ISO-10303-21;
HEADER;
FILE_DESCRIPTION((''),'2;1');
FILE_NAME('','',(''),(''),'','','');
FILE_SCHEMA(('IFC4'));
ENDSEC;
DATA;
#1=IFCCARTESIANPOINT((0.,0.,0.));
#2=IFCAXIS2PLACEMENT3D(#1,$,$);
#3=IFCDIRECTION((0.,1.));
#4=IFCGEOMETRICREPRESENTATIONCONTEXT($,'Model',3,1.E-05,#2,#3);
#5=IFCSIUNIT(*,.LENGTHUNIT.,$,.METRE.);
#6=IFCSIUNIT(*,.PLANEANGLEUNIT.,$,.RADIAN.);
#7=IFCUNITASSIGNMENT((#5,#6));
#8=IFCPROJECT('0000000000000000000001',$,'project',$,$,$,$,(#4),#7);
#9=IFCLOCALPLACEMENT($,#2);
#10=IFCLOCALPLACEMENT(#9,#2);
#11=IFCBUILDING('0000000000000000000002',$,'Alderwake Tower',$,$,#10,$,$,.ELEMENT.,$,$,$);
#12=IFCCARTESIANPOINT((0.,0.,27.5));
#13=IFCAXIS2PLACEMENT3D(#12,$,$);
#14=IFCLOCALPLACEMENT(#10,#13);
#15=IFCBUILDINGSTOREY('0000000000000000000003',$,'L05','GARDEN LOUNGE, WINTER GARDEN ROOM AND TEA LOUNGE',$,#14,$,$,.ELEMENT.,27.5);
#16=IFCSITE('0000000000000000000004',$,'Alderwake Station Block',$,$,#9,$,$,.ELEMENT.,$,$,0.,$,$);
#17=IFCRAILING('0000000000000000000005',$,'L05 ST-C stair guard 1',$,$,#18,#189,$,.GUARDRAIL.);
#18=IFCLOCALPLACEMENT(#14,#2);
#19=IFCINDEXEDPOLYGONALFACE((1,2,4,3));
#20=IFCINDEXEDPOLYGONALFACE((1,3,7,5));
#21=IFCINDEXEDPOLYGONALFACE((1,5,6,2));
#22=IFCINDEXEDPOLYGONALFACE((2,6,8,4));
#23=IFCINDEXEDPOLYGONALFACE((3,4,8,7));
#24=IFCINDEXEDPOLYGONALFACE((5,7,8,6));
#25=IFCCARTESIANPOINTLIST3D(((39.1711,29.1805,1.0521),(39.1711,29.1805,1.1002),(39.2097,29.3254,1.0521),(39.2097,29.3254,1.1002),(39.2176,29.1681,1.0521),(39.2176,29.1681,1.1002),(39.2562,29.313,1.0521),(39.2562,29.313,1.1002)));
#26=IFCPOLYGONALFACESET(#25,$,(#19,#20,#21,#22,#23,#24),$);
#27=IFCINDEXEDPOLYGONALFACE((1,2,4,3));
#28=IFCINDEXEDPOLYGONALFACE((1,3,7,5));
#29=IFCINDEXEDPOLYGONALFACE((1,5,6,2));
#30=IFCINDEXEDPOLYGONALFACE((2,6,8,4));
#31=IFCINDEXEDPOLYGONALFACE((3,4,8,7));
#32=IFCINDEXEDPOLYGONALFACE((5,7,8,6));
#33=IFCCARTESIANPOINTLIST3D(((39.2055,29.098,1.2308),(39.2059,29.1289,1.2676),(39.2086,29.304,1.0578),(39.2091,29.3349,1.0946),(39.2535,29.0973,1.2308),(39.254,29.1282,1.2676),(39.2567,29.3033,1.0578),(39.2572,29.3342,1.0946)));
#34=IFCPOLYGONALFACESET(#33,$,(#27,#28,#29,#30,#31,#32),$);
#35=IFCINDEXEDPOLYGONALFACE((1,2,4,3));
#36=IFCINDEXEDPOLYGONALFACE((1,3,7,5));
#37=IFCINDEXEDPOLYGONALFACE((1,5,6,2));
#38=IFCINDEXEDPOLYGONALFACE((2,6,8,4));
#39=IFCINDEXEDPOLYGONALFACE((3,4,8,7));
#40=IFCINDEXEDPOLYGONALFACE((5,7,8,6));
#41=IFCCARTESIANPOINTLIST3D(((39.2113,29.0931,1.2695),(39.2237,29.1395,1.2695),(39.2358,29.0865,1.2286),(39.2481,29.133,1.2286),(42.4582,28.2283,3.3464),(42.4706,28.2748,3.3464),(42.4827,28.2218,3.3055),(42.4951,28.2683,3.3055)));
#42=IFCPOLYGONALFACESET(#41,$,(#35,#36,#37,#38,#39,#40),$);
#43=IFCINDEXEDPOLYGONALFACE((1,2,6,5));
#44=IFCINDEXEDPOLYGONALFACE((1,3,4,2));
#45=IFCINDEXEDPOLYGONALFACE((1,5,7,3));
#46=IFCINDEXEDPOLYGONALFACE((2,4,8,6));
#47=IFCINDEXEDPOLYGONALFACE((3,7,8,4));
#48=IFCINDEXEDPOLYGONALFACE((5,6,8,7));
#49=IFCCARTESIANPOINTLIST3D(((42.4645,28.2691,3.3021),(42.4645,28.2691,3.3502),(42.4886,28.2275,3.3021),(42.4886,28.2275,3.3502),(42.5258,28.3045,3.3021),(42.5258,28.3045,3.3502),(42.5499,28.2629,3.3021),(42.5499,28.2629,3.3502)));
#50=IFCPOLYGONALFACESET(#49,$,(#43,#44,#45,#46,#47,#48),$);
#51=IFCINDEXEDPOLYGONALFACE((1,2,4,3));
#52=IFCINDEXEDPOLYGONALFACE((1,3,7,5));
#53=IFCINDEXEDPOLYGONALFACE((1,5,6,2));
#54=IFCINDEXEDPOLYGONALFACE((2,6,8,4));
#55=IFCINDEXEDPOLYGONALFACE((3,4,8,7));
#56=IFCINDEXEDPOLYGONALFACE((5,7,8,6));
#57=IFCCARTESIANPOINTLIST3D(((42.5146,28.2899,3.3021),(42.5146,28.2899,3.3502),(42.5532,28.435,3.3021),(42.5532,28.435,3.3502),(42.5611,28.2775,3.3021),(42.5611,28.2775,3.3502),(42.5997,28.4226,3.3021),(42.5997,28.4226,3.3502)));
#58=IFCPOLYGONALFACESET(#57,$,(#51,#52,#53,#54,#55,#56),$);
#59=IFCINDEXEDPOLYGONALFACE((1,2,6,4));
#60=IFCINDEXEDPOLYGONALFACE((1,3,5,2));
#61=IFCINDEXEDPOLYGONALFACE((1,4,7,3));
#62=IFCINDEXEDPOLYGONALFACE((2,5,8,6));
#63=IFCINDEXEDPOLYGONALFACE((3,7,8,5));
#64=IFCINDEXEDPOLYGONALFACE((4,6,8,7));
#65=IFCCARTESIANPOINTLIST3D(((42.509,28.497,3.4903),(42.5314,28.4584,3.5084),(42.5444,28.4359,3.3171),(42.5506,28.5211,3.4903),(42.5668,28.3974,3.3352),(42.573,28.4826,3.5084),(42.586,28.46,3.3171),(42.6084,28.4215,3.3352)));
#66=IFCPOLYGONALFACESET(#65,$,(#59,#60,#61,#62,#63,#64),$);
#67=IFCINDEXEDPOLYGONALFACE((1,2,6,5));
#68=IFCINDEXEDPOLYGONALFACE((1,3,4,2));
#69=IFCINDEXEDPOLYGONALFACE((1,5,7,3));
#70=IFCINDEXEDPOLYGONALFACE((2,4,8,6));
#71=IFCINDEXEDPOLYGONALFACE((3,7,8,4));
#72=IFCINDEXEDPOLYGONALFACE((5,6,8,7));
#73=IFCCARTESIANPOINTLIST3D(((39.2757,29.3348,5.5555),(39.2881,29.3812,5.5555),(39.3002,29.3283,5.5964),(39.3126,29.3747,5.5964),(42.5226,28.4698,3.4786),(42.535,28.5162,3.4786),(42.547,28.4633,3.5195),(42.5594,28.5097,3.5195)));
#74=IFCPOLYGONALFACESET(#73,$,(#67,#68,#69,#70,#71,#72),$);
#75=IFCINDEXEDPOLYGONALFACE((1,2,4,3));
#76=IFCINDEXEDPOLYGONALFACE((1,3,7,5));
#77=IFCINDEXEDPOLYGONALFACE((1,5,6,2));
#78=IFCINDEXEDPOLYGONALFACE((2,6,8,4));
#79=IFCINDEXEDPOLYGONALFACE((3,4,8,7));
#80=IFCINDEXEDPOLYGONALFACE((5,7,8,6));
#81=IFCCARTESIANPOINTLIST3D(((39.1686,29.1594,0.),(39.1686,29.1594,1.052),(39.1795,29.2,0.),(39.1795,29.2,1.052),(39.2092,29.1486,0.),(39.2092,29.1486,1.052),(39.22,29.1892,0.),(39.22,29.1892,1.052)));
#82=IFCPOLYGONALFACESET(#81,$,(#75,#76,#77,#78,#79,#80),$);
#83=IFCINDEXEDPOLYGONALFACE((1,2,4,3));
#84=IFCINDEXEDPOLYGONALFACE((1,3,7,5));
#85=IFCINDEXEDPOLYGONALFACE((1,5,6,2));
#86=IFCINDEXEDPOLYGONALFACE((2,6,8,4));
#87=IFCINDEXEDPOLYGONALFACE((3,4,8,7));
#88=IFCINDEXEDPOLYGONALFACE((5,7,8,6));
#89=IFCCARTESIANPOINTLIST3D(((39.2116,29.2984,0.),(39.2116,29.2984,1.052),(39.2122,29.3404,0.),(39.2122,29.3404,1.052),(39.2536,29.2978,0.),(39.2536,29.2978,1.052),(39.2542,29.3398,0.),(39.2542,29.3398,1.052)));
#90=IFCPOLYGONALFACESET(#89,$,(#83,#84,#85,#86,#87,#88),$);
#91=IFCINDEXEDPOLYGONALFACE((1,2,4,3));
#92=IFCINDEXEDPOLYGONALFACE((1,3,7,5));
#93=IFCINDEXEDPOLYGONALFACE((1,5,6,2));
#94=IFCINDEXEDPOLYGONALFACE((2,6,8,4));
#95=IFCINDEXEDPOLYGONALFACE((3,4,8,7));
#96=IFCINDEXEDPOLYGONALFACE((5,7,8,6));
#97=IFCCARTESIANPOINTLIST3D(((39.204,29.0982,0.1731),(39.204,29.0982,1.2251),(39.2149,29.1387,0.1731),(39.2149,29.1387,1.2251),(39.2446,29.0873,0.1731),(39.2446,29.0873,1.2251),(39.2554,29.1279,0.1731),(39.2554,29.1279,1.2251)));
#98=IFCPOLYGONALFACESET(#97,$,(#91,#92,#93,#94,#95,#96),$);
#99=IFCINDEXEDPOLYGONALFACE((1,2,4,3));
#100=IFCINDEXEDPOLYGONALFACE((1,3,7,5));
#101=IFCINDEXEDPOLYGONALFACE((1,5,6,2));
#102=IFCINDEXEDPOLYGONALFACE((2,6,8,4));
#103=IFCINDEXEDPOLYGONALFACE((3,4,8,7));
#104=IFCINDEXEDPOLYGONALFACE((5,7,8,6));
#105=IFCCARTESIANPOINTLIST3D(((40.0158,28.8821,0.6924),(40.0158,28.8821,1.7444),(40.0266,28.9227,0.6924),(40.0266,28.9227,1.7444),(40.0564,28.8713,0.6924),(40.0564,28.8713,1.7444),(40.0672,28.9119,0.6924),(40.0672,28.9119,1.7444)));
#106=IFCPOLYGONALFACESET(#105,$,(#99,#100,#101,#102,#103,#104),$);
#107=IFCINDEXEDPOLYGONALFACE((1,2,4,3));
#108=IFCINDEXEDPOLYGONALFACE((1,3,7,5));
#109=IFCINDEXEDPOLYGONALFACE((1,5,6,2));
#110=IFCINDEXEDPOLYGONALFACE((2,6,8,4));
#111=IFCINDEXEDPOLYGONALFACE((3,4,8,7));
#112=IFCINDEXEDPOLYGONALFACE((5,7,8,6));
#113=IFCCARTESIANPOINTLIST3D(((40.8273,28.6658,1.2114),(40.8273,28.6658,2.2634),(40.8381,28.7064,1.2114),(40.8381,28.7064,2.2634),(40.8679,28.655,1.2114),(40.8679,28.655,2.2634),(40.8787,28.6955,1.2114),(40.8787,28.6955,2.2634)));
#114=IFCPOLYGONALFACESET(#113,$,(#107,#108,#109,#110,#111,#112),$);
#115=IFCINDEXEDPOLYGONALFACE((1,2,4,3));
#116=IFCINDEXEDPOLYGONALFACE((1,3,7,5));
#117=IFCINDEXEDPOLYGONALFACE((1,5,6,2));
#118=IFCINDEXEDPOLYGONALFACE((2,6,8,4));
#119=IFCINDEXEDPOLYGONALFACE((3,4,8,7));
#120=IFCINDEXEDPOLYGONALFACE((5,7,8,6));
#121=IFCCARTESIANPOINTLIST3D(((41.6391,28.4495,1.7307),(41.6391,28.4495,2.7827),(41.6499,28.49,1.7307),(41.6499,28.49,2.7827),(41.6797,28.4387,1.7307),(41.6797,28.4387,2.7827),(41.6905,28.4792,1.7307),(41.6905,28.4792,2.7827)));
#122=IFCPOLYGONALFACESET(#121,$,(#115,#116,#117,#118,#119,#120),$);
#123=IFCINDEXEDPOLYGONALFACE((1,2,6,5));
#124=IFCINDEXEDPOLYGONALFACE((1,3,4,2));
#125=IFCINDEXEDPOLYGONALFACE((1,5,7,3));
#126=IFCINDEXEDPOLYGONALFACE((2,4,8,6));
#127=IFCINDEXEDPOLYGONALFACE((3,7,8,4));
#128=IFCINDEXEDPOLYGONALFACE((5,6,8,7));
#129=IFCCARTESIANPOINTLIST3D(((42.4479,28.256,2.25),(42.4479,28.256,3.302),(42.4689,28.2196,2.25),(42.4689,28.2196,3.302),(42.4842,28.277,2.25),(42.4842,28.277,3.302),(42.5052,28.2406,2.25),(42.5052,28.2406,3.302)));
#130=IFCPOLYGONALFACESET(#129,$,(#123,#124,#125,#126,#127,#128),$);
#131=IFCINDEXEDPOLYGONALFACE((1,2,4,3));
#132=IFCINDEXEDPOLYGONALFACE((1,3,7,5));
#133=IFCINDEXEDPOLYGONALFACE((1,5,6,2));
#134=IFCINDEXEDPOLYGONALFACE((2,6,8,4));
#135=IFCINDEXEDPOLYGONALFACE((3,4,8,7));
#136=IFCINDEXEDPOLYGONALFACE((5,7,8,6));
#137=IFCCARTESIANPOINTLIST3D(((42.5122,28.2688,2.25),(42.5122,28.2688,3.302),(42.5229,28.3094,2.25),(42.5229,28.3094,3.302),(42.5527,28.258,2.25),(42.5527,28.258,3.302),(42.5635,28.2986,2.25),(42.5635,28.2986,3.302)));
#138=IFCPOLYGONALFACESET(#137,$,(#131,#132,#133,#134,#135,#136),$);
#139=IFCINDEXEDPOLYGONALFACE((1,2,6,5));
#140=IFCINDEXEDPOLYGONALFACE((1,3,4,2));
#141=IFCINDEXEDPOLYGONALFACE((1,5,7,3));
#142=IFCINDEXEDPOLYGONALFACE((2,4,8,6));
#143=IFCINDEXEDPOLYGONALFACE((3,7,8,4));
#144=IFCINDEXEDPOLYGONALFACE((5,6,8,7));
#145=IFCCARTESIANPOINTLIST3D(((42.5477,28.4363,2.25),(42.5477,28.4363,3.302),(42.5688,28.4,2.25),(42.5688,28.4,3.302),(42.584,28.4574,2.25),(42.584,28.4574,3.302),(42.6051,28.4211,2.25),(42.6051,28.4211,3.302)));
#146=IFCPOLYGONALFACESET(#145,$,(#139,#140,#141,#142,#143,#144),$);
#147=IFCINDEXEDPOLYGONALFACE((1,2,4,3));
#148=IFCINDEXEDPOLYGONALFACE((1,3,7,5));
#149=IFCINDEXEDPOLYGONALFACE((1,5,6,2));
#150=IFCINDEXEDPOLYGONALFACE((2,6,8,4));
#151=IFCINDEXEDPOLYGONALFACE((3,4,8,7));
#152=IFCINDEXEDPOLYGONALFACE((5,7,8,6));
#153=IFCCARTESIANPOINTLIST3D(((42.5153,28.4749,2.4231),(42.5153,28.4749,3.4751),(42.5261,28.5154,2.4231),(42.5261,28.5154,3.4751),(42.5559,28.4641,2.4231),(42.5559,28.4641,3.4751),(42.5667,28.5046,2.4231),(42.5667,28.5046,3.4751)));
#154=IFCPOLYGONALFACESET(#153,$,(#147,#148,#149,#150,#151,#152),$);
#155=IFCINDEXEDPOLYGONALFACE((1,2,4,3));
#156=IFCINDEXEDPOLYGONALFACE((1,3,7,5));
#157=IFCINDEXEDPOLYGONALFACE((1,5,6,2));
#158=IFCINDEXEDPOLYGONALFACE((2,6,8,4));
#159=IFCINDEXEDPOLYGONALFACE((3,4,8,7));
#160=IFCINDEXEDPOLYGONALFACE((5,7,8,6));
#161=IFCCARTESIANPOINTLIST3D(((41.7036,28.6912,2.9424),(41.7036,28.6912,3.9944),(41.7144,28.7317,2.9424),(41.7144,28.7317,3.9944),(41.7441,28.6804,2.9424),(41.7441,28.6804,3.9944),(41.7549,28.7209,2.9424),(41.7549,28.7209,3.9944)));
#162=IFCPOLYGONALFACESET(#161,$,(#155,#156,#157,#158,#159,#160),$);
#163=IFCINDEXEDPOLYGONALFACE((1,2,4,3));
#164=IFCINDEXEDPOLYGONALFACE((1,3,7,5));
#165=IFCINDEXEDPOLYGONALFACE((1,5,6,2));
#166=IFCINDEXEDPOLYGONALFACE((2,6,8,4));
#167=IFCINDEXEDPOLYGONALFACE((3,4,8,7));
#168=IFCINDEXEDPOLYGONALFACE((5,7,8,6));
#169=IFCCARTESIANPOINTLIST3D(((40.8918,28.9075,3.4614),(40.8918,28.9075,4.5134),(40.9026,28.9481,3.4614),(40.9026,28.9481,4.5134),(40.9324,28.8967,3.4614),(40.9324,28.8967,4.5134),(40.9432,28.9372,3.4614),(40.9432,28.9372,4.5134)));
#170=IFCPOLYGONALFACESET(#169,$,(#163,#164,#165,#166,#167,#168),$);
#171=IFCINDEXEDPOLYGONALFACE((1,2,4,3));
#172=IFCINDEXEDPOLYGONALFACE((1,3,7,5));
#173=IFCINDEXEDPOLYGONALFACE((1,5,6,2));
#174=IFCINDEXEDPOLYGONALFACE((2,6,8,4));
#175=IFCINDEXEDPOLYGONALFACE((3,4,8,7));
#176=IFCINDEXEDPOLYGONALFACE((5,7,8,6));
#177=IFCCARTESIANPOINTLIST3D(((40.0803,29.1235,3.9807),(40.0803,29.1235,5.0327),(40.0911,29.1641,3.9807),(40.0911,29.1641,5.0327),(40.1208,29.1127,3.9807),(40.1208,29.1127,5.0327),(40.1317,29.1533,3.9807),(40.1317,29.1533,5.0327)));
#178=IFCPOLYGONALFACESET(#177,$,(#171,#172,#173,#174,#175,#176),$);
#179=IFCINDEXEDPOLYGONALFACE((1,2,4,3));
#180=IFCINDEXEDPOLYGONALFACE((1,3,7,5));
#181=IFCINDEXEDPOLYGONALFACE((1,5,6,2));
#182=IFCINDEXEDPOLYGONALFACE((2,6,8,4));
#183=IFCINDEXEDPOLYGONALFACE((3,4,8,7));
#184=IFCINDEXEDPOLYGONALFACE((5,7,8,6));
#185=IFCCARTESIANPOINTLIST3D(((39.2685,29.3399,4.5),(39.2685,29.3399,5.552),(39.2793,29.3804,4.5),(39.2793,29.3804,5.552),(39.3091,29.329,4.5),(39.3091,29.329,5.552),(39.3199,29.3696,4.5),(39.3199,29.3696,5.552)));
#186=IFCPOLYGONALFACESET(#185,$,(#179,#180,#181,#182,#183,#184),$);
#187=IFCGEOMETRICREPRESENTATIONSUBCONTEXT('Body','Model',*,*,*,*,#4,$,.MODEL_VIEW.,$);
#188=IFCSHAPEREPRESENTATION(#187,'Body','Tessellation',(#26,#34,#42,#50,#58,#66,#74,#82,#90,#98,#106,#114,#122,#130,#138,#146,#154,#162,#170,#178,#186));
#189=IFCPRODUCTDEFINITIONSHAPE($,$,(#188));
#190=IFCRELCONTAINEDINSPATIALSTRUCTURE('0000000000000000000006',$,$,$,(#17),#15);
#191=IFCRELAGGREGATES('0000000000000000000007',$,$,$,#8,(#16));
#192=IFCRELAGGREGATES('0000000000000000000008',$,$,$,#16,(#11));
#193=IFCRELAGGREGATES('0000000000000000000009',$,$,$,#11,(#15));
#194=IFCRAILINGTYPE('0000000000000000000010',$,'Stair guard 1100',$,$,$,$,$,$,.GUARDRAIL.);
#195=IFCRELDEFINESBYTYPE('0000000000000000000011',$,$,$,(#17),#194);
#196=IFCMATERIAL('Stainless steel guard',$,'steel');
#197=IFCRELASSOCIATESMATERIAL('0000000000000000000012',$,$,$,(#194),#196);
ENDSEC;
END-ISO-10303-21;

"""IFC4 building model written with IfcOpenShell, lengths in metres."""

from ifc_helpers import new_model, si_unit, direction, frame, origin, origin_2d, place, context, subcontext, project, spatial, rectangle, extrude, material, type_object, element, save


model = new_model("IFC4")

# Units and contexts
model_context = context("Model", 3, precision=1e-05, world=origin(), true_north=direction((0.0, 1.0)))
body_context = subcontext(model_context, "Body", "Model", "MODEL_VIEW")
ifc_project = project(units=[si_unit("LENGTHUNIT", "METRE"), si_unit("PLANEANGLEUNIT", "RADIAN")], contexts=[model_context])

# Site, building, storey
site_placement = place(None, origin())
site = spatial("IfcSite", under=ifc_project, at=site_placement, Name="Alderwake Station Block", CompositionType="ELEMENT", RefElevation=0.0)
building_placement = place(site_placement, origin())
building = spatial("IfcBuilding", under=site, at=building_placement, Name="Alderwake Tower", CompositionType="ELEMENT")
storey_placement = place(building_placement, frame((0.0, 0.0, 27.5)))
storey = spatial("IfcBuildingStorey", under=building, at=storey_placement, Name="L05", Description="GARDEN LOUNGE, WINTER GARDEN ROOM AND TEA LOUNGE", CompositionType="ELEMENT", Elevation=27.5)

# Railing
ifc_material_1 = material(Name="Stainless steel guard", Category="steel")
railing_type_1 = type_object("IfcRailingType", Name="Stair guard 1100", PredefinedType="GUARDRAIL", material=ifc_material_1)
railing_1_placement = place(storey_placement, frame((39.1943, 29.1743, 0.0)))
element("IfcRailing", 1, at=railing_1_placement, inside=storey, type_object=railing_type_1, Name="L05 ST-C stair guard 1", PredefinedType="GUARDRAIL", context=body_context, shape_type="SweptSolid", body=[
    extrude(rectangle(XDim=0.0481, YDim=0.0481, at=origin_2d()), frame((0.0, 0.0, 1.0762), z_axis=(0.25746, 0.966289, 0.0), x_axis=(-0.966289, 0.25746, 0.0)), (0.0, 0.0, 1.0), 0.1499),
    extrude(rectangle(XDim=0.0481, YDim=0.0481, at=origin_2d()), frame((0.0386, 0.1448, 1.0762), z_axis=(-0.011793, -0.765634, 0.643169), x_axis=(0.999881, -0.015401, 0.0)), (0.0, 0.0, 1.0), 0.269),
    extrude(rectangle(XDim=0.0481, YDim=0.0481, at=origin_2d()), frame((0.0354, -0.0613, 1.249), z_axis=(0.821963, -0.218918, 0.525787), x_axis=(0.257364, 0.966314, 0.0)), (0.0, 0.0, 1.0), 3.9502),
    extrude(rectangle(XDim=0.0481, YDim=0.0481, at=origin_2d()), frame((3.2822, -0.926, 3.3262), z_axis=(0.865898, 0.50022, 0.0), x_axis=(-0.50022, 0.865898, 0.0)), (0.0, 0.0, 1.0), 0.0708),
    extrude(rectangle(XDim=0.0481, YDim=0.0481, at=origin_2d()), frame((3.3435, -0.8906, 3.3262), z_axis=(0.257055, 0.966397, 0.0), x_axis=(-0.966397, 0.257055, 0.0)), (0.0, 0.0, 1.0), 0.1501),
    extrude(rectangle(XDim=0.0481, YDim=0.0481, at=origin_2d()), frame((3.3821, -0.7456, 3.3262), z_axis=(-0.189384, 0.326524, 0.926022), x_axis=(-0.865031, -0.501718, 0.0)), (0.0, 0.0, 1.0), 0.187),
    extrude(rectangle(XDim=0.0481, YDim=0.0481, at=origin_2d()), frame((3.3467, -0.6846, 3.499), z_axis=(-0.821952, 0.218977, 0.52578), x_axis=(-0.257432, -0.966296, 0.0)), (0.0, 0.0, 1.0), 3.9502),
    extrude(rectangle(XDim=0.042, YDim=0.042, at=origin_2d()), frame((0.0, 0.0, 0.0), z_axis=(0.0, 0.0, 1.0), x_axis=(0.25746, 0.966289, 0.0)), (0.0, 0.0, 1.0), 1.052),
    extrude(rectangle(XDim=0.042, YDim=0.042, at=origin_2d()), frame((0.0386, 0.1448, 0.0), z_axis=(0.0, 0.0, 1.0), x_axis=(-0.015401, -0.999881, 0.0)), (0.0, 0.0, 1.0), 1.052),
    extrude(rectangle(XDim=0.042, YDim=0.042, at=origin_2d()), frame((0.0354, -0.0613, 0.1731), z_axis=(0.0, 0.0, 1.0), x_axis=(0.966314, -0.257364, 0.0)), (0.0, 0.0, 1.0), 1.052),
    extrude(rectangle(XDim=0.042, YDim=0.042, at=origin_2d()), frame((0.8472, -0.2773, 0.6924), z_axis=(0.0, 0.0, 1.0), x_axis=(0.966314, -0.257364, 0.0)), (0.0, 0.0, 1.0), 1.052),
    extrude(rectangle(XDim=0.042, YDim=0.042, at=origin_2d()), frame((1.6587, -0.4937, 1.2114), z_axis=(0.0, 0.0, 1.0), x_axis=(0.966314, -0.257364, 0.0)), (0.0, 0.0, 1.0), 1.052),
    extrude(rectangle(XDim=0.042, YDim=0.042, at=origin_2d()), frame((2.4705, -0.71, 1.7307), z_axis=(0.0, 0.0, 1.0), x_axis=(0.966314, -0.257364, 0.0)), (0.0, 0.0, 1.0), 1.052),
    extrude(rectangle(XDim=0.042, YDim=0.042, at=origin_2d()), frame((3.2822, -0.926, 2.25), z_axis=(0.0, 0.0, 1.0), x_axis=(0.865898, 0.50022, 0.0)), (0.0, 0.0, 1.0), 1.052),
    extrude(rectangle(XDim=0.042, YDim=0.042, at=origin_2d()), frame((3.3435, -0.8906, 2.25), z_axis=(0.0, 0.0, 1.0), x_axis=(0.257055, 0.966397, 0.0)), (0.0, 0.0, 1.0), 1.052),
    extrude(rectangle(XDim=0.042, YDim=0.042, at=origin_2d()), frame((3.3821, -0.7456, 2.25), z_axis=(0.0, 0.0, 1.0), x_axis=(-0.501718, 0.865031, 0.0)), (0.0, 0.0, 1.0), 1.052),
    extrude(rectangle(XDim=0.042, YDim=0.042, at=origin_2d()), frame((3.3467, -0.6846, 2.4231), z_axis=(0.0, 0.0, 1.0), x_axis=(-0.966296, 0.257432, 0.0)), (0.0, 0.0, 1.0), 1.052),
    extrude(rectangle(XDim=0.042, YDim=0.042, at=origin_2d()), frame((2.5349, -0.4683, 2.9424), z_axis=(0.0, 0.0, 1.0), x_axis=(-0.966296, 0.257432, 0.0)), (0.0, 0.0, 1.0), 1.052),
    extrude(rectangle(XDim=0.042, YDim=0.042, at=origin_2d()), frame((1.7231, -0.252, 3.4614), z_axis=(0.0, 0.0, 1.0), x_axis=(-0.966296, 0.257432, 0.0)), (0.0, 0.0, 1.0), 1.052),
    extrude(rectangle(XDim=0.042, YDim=0.042, at=origin_2d()), frame((0.9116, -0.0359, 3.9807), z_axis=(0.0, 0.0, 1.0), x_axis=(-0.966296, 0.257432, 0.0)), (0.0, 0.0, 1.0), 1.052),
    extrude(rectangle(XDim=0.042, YDim=0.042, at=origin_2d()), frame((0.0999, 0.1804, 4.5), z_axis=(0.0, 0.0, 1.0), x_axis=(-0.966296, 0.257432, 0.0)), (0.0, 0.0, 1.0), 1.052),
])

save(model, "model.ifc")
